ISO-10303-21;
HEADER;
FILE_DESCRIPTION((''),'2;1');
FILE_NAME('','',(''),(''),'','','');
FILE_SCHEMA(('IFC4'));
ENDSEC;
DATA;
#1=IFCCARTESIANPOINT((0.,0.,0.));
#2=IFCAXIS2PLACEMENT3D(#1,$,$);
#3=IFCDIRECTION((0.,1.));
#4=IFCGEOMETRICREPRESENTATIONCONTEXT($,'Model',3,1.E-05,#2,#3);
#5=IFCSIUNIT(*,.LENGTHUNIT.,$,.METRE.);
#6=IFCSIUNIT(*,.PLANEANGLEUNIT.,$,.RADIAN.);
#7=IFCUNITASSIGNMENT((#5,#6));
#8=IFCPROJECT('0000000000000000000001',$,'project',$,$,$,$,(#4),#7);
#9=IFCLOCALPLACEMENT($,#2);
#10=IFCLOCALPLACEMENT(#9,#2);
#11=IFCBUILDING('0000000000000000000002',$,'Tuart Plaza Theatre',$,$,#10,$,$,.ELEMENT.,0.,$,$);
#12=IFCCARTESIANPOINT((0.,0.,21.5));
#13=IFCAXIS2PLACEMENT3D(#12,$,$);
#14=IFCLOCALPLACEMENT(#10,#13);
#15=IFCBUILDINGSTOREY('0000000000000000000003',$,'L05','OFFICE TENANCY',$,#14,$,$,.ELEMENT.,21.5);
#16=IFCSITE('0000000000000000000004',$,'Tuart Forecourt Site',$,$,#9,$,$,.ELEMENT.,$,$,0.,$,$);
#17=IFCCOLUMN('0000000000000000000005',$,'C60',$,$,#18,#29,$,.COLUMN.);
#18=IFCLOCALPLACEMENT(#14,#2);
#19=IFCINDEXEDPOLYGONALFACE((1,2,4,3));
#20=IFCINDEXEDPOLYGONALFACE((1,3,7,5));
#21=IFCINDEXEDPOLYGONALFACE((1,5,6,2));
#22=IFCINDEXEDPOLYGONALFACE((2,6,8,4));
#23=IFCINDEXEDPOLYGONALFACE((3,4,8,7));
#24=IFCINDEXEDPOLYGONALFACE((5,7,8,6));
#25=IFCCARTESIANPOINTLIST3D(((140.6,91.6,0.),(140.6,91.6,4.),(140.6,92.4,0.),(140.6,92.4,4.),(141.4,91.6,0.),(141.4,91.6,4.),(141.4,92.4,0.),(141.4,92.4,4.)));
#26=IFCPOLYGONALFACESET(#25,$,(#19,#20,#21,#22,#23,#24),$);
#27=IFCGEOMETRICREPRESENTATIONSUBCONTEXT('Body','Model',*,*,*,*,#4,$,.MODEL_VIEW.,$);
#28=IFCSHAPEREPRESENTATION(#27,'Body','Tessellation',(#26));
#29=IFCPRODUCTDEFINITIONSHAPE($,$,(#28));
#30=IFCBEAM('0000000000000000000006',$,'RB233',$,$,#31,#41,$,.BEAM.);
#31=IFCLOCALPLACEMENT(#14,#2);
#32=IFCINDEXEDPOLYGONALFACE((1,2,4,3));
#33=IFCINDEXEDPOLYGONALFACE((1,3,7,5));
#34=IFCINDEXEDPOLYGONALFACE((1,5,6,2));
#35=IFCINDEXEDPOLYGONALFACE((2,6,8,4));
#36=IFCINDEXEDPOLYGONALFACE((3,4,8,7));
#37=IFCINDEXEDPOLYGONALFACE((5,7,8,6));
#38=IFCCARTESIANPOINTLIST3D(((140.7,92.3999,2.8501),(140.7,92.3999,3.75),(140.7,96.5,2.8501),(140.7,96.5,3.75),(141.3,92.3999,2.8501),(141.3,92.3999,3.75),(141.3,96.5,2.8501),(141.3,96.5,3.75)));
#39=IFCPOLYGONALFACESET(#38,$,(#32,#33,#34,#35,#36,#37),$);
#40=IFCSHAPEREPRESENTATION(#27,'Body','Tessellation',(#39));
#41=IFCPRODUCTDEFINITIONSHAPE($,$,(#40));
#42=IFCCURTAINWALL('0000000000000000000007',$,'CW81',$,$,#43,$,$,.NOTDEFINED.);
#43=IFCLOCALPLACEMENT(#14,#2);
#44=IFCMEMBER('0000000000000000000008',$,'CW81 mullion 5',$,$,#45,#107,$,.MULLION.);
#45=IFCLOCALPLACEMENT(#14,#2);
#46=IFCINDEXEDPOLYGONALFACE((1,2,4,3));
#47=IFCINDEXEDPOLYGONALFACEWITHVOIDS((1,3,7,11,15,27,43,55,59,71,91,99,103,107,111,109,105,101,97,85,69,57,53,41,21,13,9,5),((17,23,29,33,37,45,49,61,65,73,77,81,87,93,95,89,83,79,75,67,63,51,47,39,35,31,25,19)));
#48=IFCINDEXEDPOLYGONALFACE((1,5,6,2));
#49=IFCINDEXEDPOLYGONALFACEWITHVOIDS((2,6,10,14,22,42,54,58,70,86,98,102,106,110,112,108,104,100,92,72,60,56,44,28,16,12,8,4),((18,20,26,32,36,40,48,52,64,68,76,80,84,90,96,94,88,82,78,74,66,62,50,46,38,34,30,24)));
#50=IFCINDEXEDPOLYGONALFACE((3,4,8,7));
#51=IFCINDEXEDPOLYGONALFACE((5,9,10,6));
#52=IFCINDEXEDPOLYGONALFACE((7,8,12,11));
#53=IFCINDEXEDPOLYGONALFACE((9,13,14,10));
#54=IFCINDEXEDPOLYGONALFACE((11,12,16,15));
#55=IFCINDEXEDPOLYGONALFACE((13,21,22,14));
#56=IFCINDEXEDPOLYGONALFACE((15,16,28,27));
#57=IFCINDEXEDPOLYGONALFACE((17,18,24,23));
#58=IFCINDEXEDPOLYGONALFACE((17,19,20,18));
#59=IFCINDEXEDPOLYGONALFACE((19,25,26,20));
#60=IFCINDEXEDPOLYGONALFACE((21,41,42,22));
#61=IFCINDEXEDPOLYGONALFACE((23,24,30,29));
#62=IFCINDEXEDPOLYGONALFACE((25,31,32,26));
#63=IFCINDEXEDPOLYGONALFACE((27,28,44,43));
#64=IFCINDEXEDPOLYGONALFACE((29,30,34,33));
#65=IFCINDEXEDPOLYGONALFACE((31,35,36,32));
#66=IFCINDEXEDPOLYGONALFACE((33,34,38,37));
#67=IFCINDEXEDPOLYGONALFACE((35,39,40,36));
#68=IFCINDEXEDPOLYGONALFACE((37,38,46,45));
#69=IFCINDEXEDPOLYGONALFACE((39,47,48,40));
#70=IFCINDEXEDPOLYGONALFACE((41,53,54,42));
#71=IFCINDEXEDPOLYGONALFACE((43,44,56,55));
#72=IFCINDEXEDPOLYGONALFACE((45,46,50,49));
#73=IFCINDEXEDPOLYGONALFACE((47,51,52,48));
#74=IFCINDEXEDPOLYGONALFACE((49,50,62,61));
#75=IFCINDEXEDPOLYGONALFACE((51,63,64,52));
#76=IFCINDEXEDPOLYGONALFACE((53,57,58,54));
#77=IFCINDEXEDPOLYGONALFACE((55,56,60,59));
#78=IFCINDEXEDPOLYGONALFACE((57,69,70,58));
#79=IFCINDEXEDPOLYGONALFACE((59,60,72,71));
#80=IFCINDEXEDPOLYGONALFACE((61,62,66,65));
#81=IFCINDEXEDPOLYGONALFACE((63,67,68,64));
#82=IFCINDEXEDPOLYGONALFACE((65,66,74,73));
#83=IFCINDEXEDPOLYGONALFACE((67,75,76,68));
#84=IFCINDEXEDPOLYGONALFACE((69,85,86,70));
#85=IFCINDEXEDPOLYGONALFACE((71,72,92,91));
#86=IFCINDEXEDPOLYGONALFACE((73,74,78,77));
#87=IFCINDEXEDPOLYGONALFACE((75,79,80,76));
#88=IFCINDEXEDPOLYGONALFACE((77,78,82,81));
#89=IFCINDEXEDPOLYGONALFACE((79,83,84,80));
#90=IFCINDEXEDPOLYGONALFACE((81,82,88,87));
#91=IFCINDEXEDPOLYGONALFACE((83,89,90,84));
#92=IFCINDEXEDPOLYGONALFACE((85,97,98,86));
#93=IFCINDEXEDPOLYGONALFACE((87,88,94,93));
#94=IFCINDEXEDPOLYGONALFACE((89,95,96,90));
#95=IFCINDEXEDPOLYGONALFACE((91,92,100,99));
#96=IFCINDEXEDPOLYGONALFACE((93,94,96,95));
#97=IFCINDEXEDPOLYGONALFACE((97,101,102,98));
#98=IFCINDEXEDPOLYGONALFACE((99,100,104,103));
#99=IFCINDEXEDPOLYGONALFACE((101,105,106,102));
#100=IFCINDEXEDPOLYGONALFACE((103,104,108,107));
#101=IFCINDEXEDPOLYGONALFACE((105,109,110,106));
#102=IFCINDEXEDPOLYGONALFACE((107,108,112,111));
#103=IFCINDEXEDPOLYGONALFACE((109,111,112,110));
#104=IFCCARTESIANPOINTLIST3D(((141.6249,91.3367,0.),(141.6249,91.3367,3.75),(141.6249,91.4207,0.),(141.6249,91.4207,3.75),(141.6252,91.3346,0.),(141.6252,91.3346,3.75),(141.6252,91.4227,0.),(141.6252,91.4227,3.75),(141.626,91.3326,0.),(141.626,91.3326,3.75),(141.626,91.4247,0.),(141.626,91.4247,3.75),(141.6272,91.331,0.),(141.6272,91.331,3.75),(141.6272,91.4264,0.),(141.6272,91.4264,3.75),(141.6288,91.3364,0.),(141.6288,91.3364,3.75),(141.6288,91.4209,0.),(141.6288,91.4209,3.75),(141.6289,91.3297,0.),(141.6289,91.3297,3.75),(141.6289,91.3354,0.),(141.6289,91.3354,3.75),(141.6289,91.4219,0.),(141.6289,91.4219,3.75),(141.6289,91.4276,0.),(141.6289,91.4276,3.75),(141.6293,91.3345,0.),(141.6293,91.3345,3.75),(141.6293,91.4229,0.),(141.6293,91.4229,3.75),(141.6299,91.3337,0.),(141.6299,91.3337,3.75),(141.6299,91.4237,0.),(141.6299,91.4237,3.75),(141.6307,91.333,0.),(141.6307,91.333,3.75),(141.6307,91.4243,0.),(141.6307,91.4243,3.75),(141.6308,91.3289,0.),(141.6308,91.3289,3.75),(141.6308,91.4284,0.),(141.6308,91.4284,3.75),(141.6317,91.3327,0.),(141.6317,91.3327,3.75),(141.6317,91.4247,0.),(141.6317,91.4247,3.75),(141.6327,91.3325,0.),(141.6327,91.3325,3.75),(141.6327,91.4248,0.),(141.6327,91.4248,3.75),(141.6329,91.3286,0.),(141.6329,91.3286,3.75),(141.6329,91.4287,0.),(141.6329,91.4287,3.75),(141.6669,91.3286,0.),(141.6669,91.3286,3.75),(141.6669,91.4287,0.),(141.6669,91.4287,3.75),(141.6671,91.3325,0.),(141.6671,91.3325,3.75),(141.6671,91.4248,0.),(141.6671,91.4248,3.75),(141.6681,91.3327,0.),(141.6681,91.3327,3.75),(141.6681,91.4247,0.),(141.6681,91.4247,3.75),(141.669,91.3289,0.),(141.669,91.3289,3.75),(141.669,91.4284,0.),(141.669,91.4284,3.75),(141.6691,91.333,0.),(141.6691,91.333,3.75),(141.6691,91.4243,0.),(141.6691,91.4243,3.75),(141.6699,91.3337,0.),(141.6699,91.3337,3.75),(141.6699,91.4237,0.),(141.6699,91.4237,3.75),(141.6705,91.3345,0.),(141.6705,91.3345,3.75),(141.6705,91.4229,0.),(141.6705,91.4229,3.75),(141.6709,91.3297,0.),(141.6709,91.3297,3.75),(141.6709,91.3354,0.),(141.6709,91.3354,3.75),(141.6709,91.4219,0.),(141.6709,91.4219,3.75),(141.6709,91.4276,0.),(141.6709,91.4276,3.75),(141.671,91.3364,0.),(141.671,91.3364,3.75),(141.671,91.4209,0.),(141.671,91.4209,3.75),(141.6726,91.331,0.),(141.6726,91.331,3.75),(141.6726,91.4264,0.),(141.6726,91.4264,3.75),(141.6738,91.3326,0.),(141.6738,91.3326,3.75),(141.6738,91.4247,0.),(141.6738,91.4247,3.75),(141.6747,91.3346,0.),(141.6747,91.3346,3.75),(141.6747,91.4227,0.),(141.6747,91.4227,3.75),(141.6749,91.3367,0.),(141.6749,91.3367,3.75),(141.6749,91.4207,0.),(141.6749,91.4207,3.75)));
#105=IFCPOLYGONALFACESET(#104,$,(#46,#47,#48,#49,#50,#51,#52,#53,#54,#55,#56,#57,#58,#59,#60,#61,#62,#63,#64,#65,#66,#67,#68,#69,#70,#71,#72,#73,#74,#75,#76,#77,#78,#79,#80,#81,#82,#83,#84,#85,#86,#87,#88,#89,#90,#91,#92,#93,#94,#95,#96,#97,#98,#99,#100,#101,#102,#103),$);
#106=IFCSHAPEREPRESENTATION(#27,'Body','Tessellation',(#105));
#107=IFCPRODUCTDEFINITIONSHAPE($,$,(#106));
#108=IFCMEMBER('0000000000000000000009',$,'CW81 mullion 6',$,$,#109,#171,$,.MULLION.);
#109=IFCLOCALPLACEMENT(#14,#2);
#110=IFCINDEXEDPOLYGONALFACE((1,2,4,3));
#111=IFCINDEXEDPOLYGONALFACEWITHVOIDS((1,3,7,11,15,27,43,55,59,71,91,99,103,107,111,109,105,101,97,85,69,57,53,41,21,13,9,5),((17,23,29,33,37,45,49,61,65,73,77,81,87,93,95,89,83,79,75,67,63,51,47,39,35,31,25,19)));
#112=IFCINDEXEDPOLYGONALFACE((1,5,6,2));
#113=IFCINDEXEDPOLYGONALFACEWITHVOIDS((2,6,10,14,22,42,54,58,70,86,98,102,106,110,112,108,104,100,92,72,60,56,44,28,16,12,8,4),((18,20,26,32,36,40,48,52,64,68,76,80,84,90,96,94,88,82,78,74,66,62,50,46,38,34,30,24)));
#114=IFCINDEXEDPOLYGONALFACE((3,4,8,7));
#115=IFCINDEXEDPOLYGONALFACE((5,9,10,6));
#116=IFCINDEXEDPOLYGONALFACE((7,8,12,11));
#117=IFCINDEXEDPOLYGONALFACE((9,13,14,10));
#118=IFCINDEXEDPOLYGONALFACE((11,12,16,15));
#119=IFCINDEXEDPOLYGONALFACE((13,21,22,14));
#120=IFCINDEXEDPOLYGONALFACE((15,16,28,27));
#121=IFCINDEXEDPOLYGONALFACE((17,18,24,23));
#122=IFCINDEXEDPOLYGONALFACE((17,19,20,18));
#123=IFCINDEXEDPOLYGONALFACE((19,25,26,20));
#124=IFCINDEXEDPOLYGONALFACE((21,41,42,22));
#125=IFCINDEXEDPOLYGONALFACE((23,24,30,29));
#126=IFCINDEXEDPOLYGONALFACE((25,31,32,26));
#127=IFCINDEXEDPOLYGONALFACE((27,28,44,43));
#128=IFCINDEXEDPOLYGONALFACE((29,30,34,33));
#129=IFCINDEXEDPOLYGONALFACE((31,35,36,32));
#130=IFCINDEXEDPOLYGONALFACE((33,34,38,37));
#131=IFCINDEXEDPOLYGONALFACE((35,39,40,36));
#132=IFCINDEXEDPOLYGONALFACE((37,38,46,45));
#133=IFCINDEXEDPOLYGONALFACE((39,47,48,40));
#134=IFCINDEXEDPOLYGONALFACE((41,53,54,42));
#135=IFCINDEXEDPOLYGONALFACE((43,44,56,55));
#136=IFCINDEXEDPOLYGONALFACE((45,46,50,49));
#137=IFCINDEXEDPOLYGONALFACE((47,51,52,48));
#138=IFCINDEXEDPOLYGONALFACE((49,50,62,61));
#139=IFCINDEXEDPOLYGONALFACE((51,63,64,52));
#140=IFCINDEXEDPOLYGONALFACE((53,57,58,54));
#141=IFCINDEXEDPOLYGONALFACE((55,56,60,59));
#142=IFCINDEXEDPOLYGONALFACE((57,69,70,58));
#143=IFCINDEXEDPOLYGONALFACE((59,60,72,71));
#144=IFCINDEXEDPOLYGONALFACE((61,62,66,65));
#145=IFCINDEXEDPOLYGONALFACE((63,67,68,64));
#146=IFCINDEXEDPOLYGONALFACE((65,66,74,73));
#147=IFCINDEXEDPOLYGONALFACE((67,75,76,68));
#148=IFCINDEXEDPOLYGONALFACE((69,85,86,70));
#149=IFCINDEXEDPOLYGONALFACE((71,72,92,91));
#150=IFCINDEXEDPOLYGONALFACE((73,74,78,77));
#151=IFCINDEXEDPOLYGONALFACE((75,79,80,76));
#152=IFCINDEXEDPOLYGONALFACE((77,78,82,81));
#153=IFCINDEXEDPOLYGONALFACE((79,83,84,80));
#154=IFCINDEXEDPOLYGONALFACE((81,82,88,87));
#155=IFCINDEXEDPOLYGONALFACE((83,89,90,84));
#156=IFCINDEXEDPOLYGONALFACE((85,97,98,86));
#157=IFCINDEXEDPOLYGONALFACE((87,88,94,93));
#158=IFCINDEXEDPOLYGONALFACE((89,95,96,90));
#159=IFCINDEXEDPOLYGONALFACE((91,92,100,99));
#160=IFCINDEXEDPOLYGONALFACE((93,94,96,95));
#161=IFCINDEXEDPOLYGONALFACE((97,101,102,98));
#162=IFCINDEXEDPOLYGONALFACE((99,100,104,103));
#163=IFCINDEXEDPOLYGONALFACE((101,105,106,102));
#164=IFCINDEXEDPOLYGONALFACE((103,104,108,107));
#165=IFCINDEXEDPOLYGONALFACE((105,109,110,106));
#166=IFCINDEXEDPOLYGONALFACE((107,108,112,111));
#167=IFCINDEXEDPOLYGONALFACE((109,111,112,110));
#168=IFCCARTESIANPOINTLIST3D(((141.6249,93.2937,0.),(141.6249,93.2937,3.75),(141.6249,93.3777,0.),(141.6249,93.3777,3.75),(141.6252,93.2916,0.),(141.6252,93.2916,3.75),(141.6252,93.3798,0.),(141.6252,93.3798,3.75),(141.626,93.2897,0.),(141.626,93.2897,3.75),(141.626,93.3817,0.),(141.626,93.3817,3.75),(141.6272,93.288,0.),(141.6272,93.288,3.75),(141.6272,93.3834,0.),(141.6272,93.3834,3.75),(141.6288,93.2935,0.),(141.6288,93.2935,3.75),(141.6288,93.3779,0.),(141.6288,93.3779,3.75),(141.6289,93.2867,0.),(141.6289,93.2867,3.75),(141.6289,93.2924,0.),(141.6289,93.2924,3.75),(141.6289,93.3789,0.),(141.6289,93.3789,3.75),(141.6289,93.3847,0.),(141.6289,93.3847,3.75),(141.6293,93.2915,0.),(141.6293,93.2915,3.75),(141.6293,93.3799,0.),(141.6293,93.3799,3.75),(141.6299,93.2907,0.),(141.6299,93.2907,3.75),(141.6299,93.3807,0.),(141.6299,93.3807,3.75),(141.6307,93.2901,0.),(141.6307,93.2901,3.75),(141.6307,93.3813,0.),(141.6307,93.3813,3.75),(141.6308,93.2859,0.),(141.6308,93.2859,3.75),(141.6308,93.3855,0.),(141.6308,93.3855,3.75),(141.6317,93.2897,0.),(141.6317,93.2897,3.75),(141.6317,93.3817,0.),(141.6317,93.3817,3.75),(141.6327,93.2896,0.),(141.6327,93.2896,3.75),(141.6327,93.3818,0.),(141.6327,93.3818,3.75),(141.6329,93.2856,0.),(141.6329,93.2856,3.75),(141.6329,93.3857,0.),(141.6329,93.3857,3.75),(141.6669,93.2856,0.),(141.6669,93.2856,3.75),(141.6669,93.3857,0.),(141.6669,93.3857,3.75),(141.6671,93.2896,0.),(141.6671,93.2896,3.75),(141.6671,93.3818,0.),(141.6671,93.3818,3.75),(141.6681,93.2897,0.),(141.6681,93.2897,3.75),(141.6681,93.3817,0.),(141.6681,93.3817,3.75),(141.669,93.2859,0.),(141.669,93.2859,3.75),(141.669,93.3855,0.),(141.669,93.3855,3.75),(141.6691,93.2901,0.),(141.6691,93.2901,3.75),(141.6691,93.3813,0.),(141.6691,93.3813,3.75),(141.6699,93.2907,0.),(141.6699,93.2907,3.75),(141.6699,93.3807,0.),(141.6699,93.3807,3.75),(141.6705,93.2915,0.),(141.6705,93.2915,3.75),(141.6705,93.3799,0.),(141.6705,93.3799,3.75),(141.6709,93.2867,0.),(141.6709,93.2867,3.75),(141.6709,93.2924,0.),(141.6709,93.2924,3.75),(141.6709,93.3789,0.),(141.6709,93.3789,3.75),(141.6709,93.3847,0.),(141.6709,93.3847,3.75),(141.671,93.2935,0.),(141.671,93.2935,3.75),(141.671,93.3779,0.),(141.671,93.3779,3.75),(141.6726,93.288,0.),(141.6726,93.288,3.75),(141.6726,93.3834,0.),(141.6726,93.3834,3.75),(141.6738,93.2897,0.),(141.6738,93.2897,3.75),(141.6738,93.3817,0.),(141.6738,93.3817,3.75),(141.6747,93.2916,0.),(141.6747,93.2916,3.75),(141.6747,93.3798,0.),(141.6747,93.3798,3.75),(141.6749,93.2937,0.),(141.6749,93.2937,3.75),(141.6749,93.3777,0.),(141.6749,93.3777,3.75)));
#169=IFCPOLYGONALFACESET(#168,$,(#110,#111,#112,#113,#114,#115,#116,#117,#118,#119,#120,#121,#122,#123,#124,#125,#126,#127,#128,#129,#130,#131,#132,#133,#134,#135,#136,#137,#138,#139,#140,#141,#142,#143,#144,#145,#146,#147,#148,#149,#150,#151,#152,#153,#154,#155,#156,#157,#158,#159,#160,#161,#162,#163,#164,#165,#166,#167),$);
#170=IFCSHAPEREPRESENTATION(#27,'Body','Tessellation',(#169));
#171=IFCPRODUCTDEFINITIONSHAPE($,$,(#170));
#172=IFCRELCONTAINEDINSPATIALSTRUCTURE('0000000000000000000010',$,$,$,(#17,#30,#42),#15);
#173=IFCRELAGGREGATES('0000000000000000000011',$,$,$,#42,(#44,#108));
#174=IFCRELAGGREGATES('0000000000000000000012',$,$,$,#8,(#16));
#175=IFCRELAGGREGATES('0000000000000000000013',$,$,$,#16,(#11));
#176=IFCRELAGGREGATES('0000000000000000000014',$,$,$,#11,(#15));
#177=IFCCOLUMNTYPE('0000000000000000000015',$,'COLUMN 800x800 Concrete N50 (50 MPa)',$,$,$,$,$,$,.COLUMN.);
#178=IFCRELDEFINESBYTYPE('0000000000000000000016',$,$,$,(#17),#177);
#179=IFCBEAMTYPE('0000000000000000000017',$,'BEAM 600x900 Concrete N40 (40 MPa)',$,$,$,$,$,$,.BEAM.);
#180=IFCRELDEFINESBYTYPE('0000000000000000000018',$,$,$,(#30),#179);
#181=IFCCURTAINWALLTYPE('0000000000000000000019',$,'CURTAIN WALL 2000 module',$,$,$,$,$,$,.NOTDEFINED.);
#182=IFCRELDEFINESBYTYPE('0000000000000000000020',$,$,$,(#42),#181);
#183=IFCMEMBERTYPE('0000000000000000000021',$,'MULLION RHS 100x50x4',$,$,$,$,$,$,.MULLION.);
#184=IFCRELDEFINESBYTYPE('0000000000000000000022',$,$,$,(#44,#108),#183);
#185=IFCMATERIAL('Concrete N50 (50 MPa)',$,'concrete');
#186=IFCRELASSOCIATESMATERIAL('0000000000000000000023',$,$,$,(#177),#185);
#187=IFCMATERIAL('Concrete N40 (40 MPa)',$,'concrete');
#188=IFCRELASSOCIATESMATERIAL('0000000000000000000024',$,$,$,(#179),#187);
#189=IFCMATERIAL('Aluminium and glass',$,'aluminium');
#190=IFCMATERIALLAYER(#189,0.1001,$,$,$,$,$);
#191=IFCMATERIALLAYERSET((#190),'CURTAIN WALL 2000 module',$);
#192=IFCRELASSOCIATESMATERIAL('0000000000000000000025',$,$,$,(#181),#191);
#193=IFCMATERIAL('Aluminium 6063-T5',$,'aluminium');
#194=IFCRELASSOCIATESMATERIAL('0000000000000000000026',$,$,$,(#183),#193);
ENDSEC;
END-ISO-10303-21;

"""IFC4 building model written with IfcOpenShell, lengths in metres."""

from ifc_helpers import new_model, si_unit, direction, frame, origin, origin_2d, place, context, subcontext, project, spatial, rectangle, hollow_rectangle, extrude, material, layer, layer_set, material_profile, profile_set, type_object, element, aggregate, save


model = new_model("IFC4")

# Units and contexts
model_context = context("Model", 3, precision=1e-05, world=origin(), true_north=direction((0.0, 1.0)))
body_context = subcontext(model_context, "Body", "Model", "MODEL_VIEW")
ifc_project = project(units=[si_unit("LENGTHUNIT", "METRE"), si_unit("PLANEANGLEUNIT", "RADIAN")], contexts=[model_context])

# Site, building, storey
site_placement = place(None, origin())
site = spatial("IfcSite", under=ifc_project, at=site_placement, Name="Tuart Forecourt Site", CompositionType="ELEMENT", RefElevation=0.0)
building_placement = place(site_placement, origin())
building = spatial("IfcBuilding", under=site, at=building_placement, Name="Tuart Plaza Theatre", CompositionType="ELEMENT", ElevationOfRefHeight=0.0)
storey_placement = place(building_placement, frame((0.0, 0.0, 21.5)))
storey = spatial("IfcBuildingStorey", under=building, at=storey_placement, Name="L05", Description="OFFICE TENANCY", CompositionType="ELEMENT", Elevation=21.5)

# Column
ifc_material_1 = material(Name="Concrete N50 (50 MPa)", Category="concrete")
ifc_material_profile_1 = material_profile(ifc_material_1, rectangle(XDim=0.8, YDim=0.8, at=origin_2d()), Name="COLUMN 800x800 Concrete N50 (50 MPa)")
ifc_profile_set_1 = profile_set([ifc_material_profile_1], Name="Concrete N50 (50 MPa)")
column_type = type_object("IfcColumnType", Name="COLUMN 800x800 Concrete N50 (50 MPa)", PredefinedType="COLUMN", material=ifc_profile_set_1)
column_placement = place(storey_placement, frame((141.0, 92.0, 0.0), z_axis=(0.0, 0.0, 1.0), x_axis=(1.0, 0.0, 0.0)))
element("IfcColumn", 1, at=column_placement, inside=storey, type_object=column_type, Name="C60", PredefinedType="COLUMN", context=body_context, shape_type="SweptSolid", body=[
    extrude(rectangle(XDim=0.8, YDim=0.8, at=origin_2d()), origin(), (0.0, 0.0, 1.0), 4.0),
])

# Beam
ifc_material_2 = material(Name="Concrete N40 (40 MPa)", Category="concrete")
ifc_material_profile_2 = material_profile(ifc_material_2, rectangle(XDim=0.6001, YDim=0.8999, at=origin_2d()), Name="BEAM 600x900 Concrete N40 (40 MPa)")
ifc_profile_set_2 = profile_set([ifc_material_profile_2], Name="Concrete N40 (40 MPa)")
beam_type = type_object("IfcBeamType", Name="BEAM 600x900 Concrete N40 (40 MPa)", PredefinedType="BEAM", material=ifc_profile_set_2)
beam_placement = place(storey_placement, frame((141.0, 92.3999, 3.3), z_axis=(0.0, 1.0, 0.0), x_axis=(-1.0, 0.0, 0.0)))
element("IfcBeam", 2, at=beam_placement, inside=storey, type_object=beam_type, Name="RB233", PredefinedType="BEAM", context=body_context, shape_type="SweptSolid", body=[
    extrude(rectangle(XDim=0.6001, YDim=0.8999, at=origin_2d()), origin(), (0.0, 0.0, 1.0), 4.1001),
])

# Curtain wall, members
ifc_material_3 = material(Name="Aluminium and glass", Category="aluminium")
ifc_layer_1 = layer(ifc_material_3, 0.1001)
ifc_layer_set_1 = layer_set([ifc_layer_1], Name="CURTAIN WALL 2000 module")
curtain_wall_type = type_object("IfcCurtainWallType", Name="CURTAIN WALL 2000 module", PredefinedType="NOTDEFINED", material=ifc_layer_set_1)
curtain_wall_1_placement = place(storey_placement, origin())
curtain_wall_1 = element("IfcCurtainWall", 3, at=curtain_wall_1_placement, inside=storey, type_object=curtain_wall_type, Name="CW81", PredefinedType="NOTDEFINED")
ifc_material_4 = material(Name="Aluminium 6063-T5", Category="aluminium")
ifc_material_profile_3 = material_profile(ifc_material_4, hollow_rectangle(XDim=0.05, YDim=0.1001, WallThickness=0.0039, InnerFilletRadius=0.0039, OuterFilletRadius=0.0081, at=origin_2d()), Name="RHS 100x50x4")
ifc_profile_set_3 = profile_set([ifc_material_profile_3], Name="Aluminium 6063-T5")
member_type_1 = type_object("IfcMemberType", Name="MULLION RHS 100x50x4", PredefinedType="MULLION", material=ifc_profile_set_3)
member_1_placement = place(storey_placement, frame((141.6499, 91.3787, 0.0), z_axis=(0.0, 0.0, 1.0), x_axis=(-1.0, 0.0, 0.0)))
member_1 = element("IfcMember", 4, at=member_1_placement, type_object=member_type_1, Name="CW81 mullion 5", PredefinedType="MULLION", context=body_context, shape_type="SweptSolid", body=[
    extrude(hollow_rectangle(XDim=0.05, YDim=0.1001, WallThickness=0.0039, InnerFilletRadius=0.0039, OuterFilletRadius=0.0081, at=origin_2d()), origin(), (0.0, 0.0, 1.0), 3.75),
])
member_2_placement = place(storey_placement, frame((141.6499, 93.3357, 0.0), z_axis=(0.0, 0.0, 1.0), x_axis=(-1.0, 0.0, 0.0)))
member_2 = element("IfcMember", 5, at=member_2_placement, type_object=member_type_1, Name="CW81 mullion 6", PredefinedType="MULLION", context=body_context, shape_type="SweptSolid", body=[
    extrude(hollow_rectangle(XDim=0.05, YDim=0.1001, WallThickness=0.0039, InnerFilletRadius=0.0039, OuterFilletRadius=0.0081, at=origin_2d()), origin(), (0.0, 0.0, 1.0), 3.75),
])

aggregate(curtain_wall_1, [member_1, member_2])

save(model, "model.ifc")
